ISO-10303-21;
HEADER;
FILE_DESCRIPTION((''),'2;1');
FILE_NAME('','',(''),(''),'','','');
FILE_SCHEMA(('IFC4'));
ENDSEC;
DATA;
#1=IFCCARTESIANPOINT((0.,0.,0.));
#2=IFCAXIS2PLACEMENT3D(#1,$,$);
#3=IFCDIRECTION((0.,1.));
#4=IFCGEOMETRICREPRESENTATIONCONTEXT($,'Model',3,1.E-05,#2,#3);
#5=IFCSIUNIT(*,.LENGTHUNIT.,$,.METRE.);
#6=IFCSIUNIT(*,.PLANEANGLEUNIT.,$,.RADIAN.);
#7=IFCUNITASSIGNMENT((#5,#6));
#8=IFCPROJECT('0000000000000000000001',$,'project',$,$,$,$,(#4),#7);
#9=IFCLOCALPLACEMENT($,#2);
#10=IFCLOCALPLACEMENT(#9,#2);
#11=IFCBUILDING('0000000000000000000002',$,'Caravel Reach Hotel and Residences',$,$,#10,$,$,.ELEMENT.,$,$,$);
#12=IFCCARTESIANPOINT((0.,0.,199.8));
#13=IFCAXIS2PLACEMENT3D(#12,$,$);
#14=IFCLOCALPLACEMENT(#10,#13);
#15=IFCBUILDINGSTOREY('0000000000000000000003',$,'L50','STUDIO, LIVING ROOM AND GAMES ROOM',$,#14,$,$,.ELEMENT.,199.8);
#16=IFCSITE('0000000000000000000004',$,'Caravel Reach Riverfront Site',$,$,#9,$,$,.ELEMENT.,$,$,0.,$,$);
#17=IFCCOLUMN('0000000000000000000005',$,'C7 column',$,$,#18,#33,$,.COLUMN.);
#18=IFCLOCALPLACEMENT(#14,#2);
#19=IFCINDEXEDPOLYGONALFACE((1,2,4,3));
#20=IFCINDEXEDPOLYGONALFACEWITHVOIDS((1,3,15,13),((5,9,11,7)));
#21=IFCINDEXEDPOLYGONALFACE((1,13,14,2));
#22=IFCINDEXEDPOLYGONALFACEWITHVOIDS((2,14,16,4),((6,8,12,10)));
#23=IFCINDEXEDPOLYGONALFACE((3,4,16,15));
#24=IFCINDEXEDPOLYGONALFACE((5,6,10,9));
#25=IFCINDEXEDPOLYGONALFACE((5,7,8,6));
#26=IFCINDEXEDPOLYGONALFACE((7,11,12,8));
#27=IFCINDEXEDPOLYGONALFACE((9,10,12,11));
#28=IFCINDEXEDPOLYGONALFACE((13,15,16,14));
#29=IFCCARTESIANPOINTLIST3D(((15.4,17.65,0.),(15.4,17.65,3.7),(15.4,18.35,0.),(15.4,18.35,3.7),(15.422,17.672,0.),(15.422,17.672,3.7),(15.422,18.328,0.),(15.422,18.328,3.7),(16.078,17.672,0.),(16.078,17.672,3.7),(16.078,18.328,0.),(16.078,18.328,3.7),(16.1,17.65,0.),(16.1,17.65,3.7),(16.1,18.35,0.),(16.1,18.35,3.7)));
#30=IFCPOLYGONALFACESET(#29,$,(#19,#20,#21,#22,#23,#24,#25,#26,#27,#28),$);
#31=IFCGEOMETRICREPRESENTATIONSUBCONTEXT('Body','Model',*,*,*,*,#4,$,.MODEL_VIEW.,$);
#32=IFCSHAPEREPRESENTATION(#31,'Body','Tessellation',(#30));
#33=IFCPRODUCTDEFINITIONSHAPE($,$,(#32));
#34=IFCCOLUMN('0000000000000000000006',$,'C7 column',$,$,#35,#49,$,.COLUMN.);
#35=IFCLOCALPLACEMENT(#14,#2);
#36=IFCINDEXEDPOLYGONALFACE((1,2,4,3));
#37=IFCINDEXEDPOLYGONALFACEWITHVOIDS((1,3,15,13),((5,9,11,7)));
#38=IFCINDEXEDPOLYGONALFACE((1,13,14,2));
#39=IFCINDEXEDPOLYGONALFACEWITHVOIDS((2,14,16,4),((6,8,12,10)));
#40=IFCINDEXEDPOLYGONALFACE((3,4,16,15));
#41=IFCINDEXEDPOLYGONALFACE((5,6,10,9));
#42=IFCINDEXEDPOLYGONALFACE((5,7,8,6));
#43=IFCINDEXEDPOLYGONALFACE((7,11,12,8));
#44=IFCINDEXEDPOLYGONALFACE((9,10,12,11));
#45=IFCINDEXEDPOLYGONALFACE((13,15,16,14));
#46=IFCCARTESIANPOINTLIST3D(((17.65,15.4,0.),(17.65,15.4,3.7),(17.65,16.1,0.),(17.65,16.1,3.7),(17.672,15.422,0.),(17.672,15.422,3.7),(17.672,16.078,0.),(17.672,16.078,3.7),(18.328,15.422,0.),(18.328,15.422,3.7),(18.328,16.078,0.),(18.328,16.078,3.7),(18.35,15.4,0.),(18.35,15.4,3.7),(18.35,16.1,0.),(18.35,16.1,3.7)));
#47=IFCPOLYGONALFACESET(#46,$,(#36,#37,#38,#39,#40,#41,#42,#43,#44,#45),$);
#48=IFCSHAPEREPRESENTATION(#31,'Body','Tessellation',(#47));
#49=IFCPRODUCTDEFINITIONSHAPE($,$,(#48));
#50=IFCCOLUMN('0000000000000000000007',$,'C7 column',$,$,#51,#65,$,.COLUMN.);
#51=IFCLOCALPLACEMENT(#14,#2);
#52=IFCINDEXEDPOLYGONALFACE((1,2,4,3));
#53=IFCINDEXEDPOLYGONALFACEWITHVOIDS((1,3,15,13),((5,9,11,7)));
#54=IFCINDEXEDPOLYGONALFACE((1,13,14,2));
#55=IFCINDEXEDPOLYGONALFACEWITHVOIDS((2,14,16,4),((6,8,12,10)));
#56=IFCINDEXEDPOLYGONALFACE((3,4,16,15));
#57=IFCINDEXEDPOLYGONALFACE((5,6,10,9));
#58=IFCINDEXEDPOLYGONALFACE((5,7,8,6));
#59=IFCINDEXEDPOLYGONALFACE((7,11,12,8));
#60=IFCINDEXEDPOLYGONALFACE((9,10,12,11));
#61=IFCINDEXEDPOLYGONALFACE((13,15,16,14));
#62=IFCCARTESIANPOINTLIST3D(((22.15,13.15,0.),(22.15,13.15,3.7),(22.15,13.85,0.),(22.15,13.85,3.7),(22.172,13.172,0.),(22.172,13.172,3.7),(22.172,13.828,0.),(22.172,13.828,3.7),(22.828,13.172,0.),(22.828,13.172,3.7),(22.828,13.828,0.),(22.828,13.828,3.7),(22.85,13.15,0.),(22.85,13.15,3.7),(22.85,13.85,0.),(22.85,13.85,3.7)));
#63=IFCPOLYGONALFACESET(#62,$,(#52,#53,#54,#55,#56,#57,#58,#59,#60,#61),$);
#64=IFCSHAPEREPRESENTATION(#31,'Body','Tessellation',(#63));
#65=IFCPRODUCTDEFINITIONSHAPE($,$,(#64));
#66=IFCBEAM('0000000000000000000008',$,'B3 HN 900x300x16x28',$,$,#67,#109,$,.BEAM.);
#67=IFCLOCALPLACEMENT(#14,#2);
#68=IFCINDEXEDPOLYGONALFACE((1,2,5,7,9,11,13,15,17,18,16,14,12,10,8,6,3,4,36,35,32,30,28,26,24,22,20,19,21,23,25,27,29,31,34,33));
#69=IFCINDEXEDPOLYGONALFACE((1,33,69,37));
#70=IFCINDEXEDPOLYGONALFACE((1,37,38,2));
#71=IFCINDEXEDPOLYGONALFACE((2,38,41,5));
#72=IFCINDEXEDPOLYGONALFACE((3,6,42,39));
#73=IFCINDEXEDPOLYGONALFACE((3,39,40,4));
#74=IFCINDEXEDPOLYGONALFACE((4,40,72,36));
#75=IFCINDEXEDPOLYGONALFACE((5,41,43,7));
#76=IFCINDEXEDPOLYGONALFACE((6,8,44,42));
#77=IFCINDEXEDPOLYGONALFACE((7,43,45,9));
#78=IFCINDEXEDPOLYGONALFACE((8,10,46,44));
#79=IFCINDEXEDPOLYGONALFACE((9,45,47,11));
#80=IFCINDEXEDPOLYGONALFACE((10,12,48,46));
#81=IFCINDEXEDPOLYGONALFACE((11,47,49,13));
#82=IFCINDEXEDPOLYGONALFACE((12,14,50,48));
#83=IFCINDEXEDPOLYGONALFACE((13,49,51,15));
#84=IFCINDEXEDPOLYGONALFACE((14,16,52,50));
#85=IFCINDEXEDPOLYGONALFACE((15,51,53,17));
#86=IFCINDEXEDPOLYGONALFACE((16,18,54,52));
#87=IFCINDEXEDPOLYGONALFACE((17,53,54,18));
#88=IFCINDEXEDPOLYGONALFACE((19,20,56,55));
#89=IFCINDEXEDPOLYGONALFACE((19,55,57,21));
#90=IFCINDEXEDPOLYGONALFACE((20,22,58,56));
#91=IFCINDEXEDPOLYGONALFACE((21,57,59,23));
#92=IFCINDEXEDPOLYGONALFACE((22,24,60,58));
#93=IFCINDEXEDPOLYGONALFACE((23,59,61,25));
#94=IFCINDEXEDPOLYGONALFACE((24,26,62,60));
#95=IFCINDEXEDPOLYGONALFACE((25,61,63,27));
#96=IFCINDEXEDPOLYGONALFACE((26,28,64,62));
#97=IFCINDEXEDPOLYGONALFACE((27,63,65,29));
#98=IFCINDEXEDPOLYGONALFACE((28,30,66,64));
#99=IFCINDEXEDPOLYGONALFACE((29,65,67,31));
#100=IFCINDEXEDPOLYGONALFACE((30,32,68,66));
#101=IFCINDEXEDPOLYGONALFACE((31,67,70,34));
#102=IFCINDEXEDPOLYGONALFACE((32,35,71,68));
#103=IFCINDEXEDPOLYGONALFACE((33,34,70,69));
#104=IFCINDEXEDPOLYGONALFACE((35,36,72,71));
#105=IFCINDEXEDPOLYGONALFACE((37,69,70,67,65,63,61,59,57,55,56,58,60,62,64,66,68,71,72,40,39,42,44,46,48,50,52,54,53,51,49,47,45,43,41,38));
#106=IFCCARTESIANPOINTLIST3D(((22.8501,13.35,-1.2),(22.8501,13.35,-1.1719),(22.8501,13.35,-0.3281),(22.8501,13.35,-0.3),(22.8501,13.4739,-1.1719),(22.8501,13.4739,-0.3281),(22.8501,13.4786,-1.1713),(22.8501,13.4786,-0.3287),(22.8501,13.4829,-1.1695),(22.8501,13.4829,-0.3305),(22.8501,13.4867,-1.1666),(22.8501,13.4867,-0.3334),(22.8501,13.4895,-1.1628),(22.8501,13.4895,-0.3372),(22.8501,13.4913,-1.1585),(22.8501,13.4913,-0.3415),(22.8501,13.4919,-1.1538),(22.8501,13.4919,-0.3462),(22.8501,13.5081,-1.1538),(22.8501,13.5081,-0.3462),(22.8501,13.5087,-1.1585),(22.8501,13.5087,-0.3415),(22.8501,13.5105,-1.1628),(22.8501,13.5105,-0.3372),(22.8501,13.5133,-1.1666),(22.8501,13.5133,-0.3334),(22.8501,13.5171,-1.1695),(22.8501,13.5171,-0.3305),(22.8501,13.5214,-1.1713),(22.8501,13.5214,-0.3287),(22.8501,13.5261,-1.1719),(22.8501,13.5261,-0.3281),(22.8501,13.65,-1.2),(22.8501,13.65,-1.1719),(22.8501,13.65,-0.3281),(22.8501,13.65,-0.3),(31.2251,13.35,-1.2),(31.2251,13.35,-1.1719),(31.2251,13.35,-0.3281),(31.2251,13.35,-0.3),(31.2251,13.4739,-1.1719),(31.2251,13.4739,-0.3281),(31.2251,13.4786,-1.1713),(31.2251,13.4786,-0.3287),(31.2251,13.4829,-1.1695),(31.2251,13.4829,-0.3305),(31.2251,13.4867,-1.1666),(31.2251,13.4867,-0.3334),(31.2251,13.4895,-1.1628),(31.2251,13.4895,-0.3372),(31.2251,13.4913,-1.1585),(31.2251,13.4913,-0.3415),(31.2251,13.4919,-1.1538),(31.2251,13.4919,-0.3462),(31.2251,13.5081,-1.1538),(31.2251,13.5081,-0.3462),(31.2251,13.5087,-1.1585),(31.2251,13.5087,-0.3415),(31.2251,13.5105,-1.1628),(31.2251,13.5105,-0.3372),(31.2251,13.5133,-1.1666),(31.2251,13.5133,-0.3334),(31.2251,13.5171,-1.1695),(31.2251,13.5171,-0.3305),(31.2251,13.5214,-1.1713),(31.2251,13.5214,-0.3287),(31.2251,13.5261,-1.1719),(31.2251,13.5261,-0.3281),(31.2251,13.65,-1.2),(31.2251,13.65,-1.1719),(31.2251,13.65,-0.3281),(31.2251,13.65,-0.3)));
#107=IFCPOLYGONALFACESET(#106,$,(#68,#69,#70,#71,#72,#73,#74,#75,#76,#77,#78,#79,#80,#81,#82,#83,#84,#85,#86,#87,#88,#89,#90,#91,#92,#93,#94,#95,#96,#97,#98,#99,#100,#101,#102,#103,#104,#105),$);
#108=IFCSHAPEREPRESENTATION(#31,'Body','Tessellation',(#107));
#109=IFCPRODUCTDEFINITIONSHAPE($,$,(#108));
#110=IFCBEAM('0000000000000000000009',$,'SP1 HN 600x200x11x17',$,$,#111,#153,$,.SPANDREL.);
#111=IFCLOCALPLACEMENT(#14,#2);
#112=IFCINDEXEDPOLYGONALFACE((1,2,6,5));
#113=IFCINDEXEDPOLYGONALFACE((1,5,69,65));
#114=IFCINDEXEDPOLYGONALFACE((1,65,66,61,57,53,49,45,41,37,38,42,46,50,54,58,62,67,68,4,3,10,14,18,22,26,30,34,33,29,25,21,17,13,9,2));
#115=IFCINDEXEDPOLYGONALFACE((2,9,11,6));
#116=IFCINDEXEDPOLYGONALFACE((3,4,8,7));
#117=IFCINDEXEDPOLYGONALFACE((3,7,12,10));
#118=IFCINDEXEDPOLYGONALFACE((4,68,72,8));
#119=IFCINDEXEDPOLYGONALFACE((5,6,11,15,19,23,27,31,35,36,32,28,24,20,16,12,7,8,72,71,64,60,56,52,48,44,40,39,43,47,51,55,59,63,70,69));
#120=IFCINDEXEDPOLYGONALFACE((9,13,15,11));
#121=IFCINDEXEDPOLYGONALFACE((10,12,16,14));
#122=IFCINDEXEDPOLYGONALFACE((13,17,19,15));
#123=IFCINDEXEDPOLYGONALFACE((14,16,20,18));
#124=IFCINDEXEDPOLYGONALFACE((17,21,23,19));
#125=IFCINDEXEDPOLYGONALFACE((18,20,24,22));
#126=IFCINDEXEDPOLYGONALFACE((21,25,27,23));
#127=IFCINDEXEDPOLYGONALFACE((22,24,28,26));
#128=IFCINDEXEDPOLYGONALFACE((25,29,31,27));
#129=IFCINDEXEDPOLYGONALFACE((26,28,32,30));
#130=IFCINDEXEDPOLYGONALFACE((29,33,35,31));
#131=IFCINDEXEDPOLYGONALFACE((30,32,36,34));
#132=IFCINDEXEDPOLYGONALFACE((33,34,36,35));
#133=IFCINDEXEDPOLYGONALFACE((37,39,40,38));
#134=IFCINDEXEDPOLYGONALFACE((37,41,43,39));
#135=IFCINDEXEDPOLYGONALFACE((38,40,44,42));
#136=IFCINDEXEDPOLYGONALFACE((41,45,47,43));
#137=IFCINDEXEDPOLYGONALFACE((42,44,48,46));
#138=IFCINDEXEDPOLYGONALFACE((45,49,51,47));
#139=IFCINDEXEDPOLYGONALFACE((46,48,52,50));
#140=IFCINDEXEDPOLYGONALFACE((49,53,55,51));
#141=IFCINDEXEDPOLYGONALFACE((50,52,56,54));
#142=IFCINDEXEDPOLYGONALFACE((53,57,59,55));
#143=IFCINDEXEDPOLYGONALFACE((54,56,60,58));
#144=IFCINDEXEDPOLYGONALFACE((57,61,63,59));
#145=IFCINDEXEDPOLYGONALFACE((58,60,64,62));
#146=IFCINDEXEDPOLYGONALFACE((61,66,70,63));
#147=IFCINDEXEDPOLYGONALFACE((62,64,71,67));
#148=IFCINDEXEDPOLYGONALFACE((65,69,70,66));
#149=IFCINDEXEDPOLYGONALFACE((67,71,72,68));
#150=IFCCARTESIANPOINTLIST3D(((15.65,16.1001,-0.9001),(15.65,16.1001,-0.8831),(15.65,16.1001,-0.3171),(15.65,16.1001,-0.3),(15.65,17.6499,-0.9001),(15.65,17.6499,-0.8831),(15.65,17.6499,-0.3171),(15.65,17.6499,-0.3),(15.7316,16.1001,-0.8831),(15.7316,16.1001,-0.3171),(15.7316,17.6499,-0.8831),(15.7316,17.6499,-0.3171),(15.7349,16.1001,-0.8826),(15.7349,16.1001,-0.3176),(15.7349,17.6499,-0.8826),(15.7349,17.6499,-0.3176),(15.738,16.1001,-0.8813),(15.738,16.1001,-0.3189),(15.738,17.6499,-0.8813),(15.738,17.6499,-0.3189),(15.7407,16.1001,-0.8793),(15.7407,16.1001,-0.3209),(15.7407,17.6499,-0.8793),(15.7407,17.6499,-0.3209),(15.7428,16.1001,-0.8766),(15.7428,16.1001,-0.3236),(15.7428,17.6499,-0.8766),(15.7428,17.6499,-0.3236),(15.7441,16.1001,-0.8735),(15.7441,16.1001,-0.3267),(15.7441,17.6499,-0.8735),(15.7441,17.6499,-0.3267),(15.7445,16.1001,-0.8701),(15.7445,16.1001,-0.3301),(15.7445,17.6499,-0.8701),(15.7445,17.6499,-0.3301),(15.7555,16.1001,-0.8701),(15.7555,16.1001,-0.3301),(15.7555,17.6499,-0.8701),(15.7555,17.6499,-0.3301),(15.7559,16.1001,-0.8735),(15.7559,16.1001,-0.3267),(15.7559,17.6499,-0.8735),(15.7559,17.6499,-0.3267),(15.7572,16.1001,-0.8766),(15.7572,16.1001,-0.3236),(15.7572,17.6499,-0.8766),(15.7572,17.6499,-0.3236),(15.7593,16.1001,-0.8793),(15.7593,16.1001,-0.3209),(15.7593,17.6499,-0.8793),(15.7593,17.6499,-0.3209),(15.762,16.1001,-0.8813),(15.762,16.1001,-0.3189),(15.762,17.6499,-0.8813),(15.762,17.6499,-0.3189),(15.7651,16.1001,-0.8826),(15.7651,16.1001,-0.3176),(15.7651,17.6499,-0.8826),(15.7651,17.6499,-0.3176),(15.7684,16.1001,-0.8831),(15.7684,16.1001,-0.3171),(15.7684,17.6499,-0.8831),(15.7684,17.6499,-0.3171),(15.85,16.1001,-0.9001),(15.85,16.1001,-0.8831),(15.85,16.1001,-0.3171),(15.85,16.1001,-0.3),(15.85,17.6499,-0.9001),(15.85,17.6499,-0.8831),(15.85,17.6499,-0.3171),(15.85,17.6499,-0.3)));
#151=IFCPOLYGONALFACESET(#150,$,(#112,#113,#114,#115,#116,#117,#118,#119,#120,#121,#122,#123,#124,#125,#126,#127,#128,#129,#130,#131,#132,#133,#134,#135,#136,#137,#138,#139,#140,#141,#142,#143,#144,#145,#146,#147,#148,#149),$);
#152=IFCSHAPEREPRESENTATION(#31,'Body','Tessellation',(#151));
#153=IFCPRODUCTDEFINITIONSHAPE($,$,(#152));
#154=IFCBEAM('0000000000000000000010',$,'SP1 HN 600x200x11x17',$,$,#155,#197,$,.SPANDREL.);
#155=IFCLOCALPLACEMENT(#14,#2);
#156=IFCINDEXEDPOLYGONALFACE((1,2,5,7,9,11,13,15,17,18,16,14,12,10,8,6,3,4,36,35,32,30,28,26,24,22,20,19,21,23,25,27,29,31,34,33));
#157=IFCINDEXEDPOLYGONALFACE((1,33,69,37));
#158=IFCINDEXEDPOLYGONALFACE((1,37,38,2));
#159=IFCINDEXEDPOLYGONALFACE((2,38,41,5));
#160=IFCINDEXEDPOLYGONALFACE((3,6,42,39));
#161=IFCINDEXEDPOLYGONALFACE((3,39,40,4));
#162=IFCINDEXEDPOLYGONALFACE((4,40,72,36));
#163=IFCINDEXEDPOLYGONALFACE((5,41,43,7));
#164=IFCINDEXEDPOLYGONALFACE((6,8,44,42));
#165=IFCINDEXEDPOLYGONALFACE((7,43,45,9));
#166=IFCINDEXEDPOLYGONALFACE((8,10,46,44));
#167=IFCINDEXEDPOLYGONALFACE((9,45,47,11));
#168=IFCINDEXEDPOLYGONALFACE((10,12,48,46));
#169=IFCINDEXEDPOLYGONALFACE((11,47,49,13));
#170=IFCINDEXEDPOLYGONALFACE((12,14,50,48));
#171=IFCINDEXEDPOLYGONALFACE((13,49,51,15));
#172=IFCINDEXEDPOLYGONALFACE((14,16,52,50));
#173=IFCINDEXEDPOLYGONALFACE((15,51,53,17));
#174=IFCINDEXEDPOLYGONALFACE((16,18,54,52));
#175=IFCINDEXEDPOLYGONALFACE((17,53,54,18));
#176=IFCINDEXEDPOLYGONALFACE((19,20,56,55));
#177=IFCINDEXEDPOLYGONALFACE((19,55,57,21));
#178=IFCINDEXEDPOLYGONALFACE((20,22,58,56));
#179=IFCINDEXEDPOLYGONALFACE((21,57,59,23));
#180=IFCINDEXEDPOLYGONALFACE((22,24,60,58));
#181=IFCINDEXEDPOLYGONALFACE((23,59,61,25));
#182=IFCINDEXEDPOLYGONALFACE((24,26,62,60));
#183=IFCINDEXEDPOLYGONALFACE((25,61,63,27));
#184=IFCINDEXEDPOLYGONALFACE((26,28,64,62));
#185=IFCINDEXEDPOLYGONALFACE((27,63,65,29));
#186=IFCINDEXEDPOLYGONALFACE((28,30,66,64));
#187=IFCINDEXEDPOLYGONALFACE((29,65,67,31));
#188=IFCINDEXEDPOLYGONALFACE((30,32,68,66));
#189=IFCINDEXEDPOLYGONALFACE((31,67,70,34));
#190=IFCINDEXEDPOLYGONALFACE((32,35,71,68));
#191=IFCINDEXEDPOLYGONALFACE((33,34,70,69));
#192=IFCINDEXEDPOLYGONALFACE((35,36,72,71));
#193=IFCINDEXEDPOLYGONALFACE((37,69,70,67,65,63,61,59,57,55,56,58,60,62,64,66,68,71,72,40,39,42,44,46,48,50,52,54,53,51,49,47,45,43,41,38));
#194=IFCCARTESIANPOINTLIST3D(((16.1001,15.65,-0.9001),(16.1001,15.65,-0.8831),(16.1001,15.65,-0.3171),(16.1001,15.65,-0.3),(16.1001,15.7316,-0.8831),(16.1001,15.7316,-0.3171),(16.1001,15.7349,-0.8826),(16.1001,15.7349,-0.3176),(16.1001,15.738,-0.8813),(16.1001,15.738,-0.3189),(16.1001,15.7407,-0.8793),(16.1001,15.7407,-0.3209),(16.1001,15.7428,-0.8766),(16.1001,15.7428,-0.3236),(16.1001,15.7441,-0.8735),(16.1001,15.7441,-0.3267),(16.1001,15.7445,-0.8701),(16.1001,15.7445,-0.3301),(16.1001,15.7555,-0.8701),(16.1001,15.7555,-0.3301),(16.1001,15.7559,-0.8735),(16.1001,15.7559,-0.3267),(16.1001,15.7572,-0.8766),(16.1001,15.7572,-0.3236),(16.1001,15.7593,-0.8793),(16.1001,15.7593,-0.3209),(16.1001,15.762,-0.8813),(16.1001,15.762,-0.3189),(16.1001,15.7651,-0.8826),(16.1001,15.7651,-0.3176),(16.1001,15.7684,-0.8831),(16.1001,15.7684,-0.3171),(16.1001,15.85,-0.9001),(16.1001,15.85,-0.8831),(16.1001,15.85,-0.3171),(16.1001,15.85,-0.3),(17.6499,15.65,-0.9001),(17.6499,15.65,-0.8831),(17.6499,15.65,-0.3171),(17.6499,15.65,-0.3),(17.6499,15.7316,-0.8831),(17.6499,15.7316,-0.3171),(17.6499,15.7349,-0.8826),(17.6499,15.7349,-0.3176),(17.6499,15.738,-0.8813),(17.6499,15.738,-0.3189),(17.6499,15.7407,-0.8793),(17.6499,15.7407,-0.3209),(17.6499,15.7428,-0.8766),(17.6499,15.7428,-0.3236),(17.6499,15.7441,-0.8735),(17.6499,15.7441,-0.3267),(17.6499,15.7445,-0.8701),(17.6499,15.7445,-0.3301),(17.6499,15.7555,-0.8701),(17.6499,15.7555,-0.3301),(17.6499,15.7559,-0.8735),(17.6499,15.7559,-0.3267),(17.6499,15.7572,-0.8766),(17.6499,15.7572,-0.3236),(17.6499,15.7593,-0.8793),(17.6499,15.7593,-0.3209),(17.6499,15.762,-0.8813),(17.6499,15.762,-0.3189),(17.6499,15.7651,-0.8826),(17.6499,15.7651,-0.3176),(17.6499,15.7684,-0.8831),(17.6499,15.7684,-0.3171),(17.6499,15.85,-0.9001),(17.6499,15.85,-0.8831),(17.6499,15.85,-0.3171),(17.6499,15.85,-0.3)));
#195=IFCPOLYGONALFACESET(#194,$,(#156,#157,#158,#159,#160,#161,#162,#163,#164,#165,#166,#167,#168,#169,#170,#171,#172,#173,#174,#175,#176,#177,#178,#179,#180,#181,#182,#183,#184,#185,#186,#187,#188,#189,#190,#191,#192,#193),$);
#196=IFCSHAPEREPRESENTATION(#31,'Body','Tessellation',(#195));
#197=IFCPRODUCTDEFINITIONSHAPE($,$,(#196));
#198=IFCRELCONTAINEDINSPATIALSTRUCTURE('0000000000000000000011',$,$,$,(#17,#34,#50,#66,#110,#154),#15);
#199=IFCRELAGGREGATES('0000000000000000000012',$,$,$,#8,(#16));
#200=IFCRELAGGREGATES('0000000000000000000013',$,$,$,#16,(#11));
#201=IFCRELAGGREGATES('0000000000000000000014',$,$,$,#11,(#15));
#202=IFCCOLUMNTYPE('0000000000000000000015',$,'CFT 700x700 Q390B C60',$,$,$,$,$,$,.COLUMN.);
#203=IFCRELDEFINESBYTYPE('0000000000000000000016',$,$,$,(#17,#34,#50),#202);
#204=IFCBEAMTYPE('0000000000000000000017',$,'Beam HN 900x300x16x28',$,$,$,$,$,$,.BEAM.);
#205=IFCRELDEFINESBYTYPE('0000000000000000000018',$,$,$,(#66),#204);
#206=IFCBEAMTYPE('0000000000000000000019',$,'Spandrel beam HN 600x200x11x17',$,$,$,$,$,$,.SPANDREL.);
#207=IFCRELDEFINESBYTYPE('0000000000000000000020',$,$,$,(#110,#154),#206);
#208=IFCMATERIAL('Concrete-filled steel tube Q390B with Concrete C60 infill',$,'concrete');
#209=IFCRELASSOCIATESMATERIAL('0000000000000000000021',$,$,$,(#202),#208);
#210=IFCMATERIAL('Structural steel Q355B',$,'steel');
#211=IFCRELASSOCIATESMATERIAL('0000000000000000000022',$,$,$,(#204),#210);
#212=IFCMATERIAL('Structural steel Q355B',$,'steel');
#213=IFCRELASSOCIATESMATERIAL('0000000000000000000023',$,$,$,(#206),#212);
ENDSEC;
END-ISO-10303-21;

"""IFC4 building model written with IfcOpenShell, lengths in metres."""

from ifc_helpers import new_model, si_unit, direction, frame, origin, origin_2d, place, context, subcontext, project, spatial, hollow_rectangle, i_section, extrude, material, material_profile, profile_set, type_object, element, save


model = new_model("IFC4")

# Units and contexts
model_context = context("Model", 3, precision=1e-05, world=origin(), true_north=direction((0.0, 1.0)))
body_context = subcontext(model_context, "Body", "Model", "MODEL_VIEW")
ifc_project = project(units=[si_unit("LENGTHUNIT", "METRE"), si_unit("PLANEANGLEUNIT", "RADIAN")], contexts=[model_context])

# Site, building, storey
site_placement = place(None, origin())
site = spatial("IfcSite", under=ifc_project, at=site_placement, Name="Caravel Reach Riverfront Site", CompositionType="ELEMENT", RefElevation=0.0)
building_placement = place(site_placement, origin())
building = spatial("IfcBuilding", under=site, at=building_placement, Name="Caravel Reach Hotel and Residences", CompositionType="ELEMENT")
storey_placement = place(building_placement, frame((0.0, 0.0, 199.8)))
storey = spatial("IfcBuildingStorey", under=building, at=storey_placement, Name="L50", Description="STUDIO, LIVING ROOM AND GAMES ROOM", CompositionType="ELEMENT", Elevation=199.8)

# Columns
ifc_material_1 = material(Name="Concrete-filled steel tube Q390B with Concrete C60 infill", Category="concrete")
ifc_material_profile_1 = material_profile(ifc_material_1, hollow_rectangle(XDim=0.7, YDim=0.7, WallThickness=0.022, at=origin_2d()), Name="RHS 700x700x22")
ifc_profile_set_1 = profile_set([ifc_material_profile_1], Name="Concrete-filled steel tube Q390B with Concrete C60 infill")
column_type = type_object("IfcColumnType", Name="CFT 700x700 Q390B C60", PredefinedType="COLUMN", material=ifc_profile_set_1)
for number, where, z_axis, x_axis, name in (
    (1, (15.75, 18.0, 0.0), (0.0, 0.0, 1.0), (1.0, 0.0, 0.0), "C7 column"),
    (2, (18.0, 15.75, 0.0), (0.0, 0.0, 1.0), (1.0, 0.0, 0.0), "C7 column"),
    (3, (22.5, 13.5, 0.0), (0.0, 0.0, 1.0), (1.0, 0.0, 0.0), "C7 column"),
):
    element("IfcColumn", number, at=place(storey_placement, frame(where, z_axis=z_axis, x_axis=x_axis)), inside=storey, type_object=column_type, Name=name, PredefinedType="COLUMN", context=body_context, shape_type="SweptSolid", body=[
        extrude(hollow_rectangle(XDim=0.7, YDim=0.7, WallThickness=0.022, at=origin_2d()), origin(), (0.0, 0.0, 1.0), 3.7),
    ])

# Beams
ifc_material_2 = material(Name="Structural steel Q355B", Category="steel")
ifc_material_profile_2 = material_profile(ifc_material_2, i_section(OverallWidth=0.3, OverallDepth=0.8999, WebThickness=0.0161, FlangeThickness=0.0281, FilletRadius=0.0181, at=origin_2d()), Name="HN 900x300x16x28")
ifc_profile_set_2 = profile_set([ifc_material_profile_2], Name="Structural steel Q355B")
beam_type_1 = type_object("IfcBeamType", Name="Beam HN 900x300x16x28", PredefinedType="BEAM", material=ifc_profile_set_2)
beam_1_placement = place(storey_placement, frame((22.8501, 13.5, -0.75), z_axis=(1.0, 0.0, 0.0), x_axis=(0.0, 1.0, 0.0)))
element("IfcBeam", 4, at=beam_1_placement, inside=storey, type_object=beam_type_1, Name="B3 HN 900x300x16x28", PredefinedType="BEAM", context=body_context, shape_type="SweptSolid", body=[
    extrude(i_section(OverallWidth=0.3, OverallDepth=0.8999, WebThickness=0.0161, FlangeThickness=0.0281, FilletRadius=0.0181, at=origin_2d()), origin(), (0.0, 0.0, 1.0), 8.375),
])
ifc_material_3 = material(Name="Structural steel Q355B", Category="steel")
ifc_material_profile_3 = material_profile(ifc_material_3, i_section(OverallWidth=0.2, OverallDepth=0.6001, WebThickness=0.011, FlangeThickness=0.0171, FilletRadius=0.0129, at=origin_2d()), Name="HN 600x200x11x17")
ifc_profile_set_3 = profile_set([ifc_material_profile_3], Name="Structural steel Q355B")
beam_type_2 = type_object("IfcBeamType", Name="Spandrel beam HN 600x200x11x17", PredefinedType="SPANDREL", material=ifc_profile_set_3)
for number, where, z_axis, x_axis, name in (
    (5, (15.75, 17.6499, -0.6001), (0.0, -1.0, 0.0), (1.0, 0.0, 0.0), "SP1 HN 600x200x11x17"),
    (6, (16.1001, 15.75, -0.6001), (1.0, 0.0, 0.0), (0.0, 1.0, 0.0), "SP1 HN 600x200x11x17"),
):
    element("IfcBeam", number, at=place(storey_placement, frame(where, z_axis=z_axis, x_axis=x_axis)), inside=storey, type_object=beam_type_2, Name=name, PredefinedType="SPANDREL", context=body_context, shape_type="SweptSolid", body=[
        extrude(i_section(OverallWidth=0.2, OverallDepth=0.6001, WebThickness=0.011, FlangeThickness=0.0171, FilletRadius=0.0129, at=origin_2d()), origin(), (0.0, 0.0, 1.0), 1.5498),
    ])

save(model, "model.ifc")
